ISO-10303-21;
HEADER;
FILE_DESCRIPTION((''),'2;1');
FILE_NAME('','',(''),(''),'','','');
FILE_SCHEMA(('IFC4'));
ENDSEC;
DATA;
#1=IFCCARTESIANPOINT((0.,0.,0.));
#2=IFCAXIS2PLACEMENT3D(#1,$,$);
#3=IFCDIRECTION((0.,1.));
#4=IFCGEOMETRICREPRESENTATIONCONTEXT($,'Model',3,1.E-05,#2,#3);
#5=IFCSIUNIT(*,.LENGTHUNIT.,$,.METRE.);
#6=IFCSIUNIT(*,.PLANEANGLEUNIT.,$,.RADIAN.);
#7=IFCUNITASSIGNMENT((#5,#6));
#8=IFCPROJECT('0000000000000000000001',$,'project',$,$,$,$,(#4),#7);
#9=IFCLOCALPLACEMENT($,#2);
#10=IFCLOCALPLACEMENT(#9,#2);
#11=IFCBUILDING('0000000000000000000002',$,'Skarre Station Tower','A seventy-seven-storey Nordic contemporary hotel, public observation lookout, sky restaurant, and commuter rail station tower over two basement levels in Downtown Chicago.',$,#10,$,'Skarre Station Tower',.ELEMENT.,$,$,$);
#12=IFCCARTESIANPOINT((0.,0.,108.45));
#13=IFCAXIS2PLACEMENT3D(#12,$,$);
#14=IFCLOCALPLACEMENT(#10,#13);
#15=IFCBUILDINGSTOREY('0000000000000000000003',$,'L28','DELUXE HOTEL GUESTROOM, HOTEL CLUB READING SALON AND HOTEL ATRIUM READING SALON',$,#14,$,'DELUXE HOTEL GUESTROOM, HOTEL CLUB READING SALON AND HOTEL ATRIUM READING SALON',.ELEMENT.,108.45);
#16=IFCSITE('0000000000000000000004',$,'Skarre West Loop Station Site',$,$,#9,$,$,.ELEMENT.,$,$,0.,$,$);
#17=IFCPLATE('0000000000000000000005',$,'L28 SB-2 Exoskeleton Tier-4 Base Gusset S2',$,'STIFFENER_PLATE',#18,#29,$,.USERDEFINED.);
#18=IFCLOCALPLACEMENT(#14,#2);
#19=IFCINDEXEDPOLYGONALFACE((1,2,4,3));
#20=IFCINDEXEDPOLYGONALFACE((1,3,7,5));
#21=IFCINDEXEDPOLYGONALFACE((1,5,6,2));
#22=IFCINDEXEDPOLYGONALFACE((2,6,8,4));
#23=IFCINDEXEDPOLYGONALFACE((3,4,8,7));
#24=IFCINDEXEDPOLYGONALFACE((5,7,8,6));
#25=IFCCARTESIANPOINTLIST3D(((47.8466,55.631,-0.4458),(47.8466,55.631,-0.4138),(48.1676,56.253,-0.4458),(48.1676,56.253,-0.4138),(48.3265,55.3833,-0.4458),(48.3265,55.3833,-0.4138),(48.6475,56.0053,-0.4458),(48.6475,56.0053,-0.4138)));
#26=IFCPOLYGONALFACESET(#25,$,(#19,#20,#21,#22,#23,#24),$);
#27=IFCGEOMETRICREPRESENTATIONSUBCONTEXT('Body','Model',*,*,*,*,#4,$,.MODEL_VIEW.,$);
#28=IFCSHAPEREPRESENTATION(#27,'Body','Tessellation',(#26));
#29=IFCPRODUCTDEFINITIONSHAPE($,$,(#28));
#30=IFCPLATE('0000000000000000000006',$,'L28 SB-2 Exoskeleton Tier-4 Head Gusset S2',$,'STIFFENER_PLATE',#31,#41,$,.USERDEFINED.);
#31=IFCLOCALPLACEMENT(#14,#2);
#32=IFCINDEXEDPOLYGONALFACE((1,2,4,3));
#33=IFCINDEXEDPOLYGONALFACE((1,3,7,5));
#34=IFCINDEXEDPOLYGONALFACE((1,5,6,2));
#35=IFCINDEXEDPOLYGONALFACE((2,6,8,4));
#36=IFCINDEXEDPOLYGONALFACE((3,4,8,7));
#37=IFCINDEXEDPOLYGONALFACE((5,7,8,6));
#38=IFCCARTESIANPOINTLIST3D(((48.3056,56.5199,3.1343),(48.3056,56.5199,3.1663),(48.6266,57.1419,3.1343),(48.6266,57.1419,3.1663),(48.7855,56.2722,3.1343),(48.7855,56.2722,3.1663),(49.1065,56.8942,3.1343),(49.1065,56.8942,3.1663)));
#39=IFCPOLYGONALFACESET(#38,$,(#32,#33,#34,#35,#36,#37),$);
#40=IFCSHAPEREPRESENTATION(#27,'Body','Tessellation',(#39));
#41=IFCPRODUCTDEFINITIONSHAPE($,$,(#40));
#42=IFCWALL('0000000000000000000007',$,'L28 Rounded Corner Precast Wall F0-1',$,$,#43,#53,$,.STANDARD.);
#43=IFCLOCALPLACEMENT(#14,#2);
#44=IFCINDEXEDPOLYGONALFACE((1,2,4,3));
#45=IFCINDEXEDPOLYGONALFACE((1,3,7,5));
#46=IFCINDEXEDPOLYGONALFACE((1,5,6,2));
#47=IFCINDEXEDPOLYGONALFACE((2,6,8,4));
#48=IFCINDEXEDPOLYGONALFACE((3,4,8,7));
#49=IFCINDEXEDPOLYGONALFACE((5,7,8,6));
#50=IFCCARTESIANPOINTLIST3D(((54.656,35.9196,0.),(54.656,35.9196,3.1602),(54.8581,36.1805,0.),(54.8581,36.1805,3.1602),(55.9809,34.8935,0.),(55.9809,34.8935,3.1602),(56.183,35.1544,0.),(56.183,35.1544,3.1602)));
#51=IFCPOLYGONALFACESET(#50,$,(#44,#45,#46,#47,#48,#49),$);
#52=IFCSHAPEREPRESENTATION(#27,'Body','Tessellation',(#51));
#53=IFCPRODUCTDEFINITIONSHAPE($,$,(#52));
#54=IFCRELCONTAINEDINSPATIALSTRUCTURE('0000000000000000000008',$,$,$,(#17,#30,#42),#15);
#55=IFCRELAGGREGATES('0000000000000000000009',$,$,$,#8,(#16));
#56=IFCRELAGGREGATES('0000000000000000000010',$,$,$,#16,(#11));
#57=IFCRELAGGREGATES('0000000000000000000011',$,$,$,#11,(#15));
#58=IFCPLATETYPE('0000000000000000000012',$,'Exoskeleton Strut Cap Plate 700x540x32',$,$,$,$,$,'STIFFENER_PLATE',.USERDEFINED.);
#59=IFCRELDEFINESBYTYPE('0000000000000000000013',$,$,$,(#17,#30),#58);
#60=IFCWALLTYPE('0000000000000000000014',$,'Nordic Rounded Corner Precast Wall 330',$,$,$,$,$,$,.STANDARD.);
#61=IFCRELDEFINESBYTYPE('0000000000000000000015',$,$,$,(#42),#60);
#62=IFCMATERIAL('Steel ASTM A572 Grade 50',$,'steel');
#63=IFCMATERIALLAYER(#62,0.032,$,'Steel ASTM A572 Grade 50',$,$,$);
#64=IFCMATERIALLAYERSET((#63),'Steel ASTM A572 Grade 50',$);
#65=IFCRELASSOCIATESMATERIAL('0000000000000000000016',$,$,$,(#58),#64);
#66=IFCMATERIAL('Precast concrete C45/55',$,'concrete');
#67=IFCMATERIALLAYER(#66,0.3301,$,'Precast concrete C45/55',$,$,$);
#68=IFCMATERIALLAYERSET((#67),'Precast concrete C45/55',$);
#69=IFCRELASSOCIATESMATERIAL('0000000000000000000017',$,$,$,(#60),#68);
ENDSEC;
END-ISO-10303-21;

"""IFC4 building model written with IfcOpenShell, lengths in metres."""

from ifc_helpers import new_model, si_unit, direction, frame, frame_2d, origin, origin_2d, place, context, subcontext, project, spatial, rectangle, extrude, material, layer, layer_set, type_object, element, save


model = new_model("IFC4")

# Units and contexts
model_context = context("Model", 3, precision=1e-05, world=origin(), true_north=direction((0.0, 1.0)))
body_context = subcontext(model_context, "Body", "Model", "MODEL_VIEW")
ifc_project = project(units=[si_unit("LENGTHUNIT", "METRE"), si_unit("PLANEANGLEUNIT", "RADIAN")], contexts=[model_context])

# Site, building, storey
site_placement = place(None, origin())
site = spatial("IfcSite", under=ifc_project, at=site_placement, Name="Skarre West Loop Station Site", CompositionType="ELEMENT", RefElevation=0.0)
building_placement = place(site_placement, origin())
building = spatial("IfcBuilding", under=site, at=building_placement, Name="Skarre Station Tower", Description="A seventy-seven-storey Nordic contemporary hotel, public observation lookout, sky restaurant, and commuter rail station tower over two basement levels in Downtown Chicago.", LongName="Skarre Station Tower", CompositionType="ELEMENT")
storey_placement = place(building_placement, frame((0.0, 0.0, 108.45)))
storey = spatial("IfcBuildingStorey", under=building, at=storey_placement, Name="L28", Description="DELUXE HOTEL GUESTROOM, HOTEL CLUB READING SALON AND HOTEL ATRIUM READING SALON", LongName="DELUXE HOTEL GUESTROOM, HOTEL CLUB READING SALON AND HOTEL ATRIUM READING SALON", CompositionType="ELEMENT", Elevation=108.45)

# Plates
ifc_material_1 = material(Name="Steel ASTM A572 Grade 50", Category="steel")
ifc_layer_1 = layer(ifc_material_1, 0.032, Name="Steel ASTM A572 Grade 50")
ifc_layer_set_1 = layer_set([ifc_layer_1], Name="Steel ASTM A572 Grade 50")
plate_type = type_object("IfcPlateType", Name="Exoskeleton Strut Cap Plate 700x540x32", ElementType="STIFFENER_PLATE", PredefinedType="USERDEFINED", material=ifc_layer_set_1)
for number, where, z_axis, x_axis, name in (
    (1, (48.2471, 55.8181, -0.4458), (0.0, 0.0, 1.0), (0.45865, 0.888617, 0.0), "L28 SB-2 Exoskeleton Tier-4 Base Gusset S2"),
    (2, (48.7061, 56.707, 3.1343), (0.0, 0.0, 1.0), (0.45865, 0.888617, 0.0), "L28 SB-2 Exoskeleton Tier-4 Head Gusset S2"),
):
    element("IfcPlate", number, at=place(storey_placement, frame(where, z_axis=z_axis, x_axis=x_axis)), inside=storey, type_object=plate_type, Name=name, ObjectType="STIFFENER_PLATE", PredefinedType="USERDEFINED", context=body_context, shape_type="SweptSolid", body=[
        extrude(rectangle(XDim=0.7, YDim=0.54, at=origin_2d()), origin(), (0.0, 0.0, 1.0), 0.032),
    ])

# Wall
ifc_material_2 = material(Name="Precast concrete C45/55", Category="concrete")
ifc_layer_2 = layer(ifc_material_2, 0.3301, Name="Precast concrete C45/55")
ifc_layer_set_2 = layer_set([ifc_layer_2], Name="Precast concrete C45/55")
wall_type = type_object("IfcWallType", Name="Nordic Rounded Corner Precast Wall 330", PredefinedType="STANDARD", material=ifc_layer_set_2)
wall_placement = place(storey_placement, frame((54.7571, 36.05, 0.0), z_axis=(0.0, 0.0, 1.0), x_axis=(0.790621, -0.612305, 0.0)))
element("IfcWall", 3, at=wall_placement, inside=storey, type_object=wall_type, Name="L28 Rounded Corner Precast Wall F0-1", PredefinedType="STANDARD", context=body_context, shape_type="SweptSolid", body=[
    extrude(rectangle(XDim=1.6758, YDim=0.3301, at=frame_2d((0.8379, 0.0))), origin(), (0.0, 0.0, 1.0), 3.1602),
])

save(model, "model.ifc")
